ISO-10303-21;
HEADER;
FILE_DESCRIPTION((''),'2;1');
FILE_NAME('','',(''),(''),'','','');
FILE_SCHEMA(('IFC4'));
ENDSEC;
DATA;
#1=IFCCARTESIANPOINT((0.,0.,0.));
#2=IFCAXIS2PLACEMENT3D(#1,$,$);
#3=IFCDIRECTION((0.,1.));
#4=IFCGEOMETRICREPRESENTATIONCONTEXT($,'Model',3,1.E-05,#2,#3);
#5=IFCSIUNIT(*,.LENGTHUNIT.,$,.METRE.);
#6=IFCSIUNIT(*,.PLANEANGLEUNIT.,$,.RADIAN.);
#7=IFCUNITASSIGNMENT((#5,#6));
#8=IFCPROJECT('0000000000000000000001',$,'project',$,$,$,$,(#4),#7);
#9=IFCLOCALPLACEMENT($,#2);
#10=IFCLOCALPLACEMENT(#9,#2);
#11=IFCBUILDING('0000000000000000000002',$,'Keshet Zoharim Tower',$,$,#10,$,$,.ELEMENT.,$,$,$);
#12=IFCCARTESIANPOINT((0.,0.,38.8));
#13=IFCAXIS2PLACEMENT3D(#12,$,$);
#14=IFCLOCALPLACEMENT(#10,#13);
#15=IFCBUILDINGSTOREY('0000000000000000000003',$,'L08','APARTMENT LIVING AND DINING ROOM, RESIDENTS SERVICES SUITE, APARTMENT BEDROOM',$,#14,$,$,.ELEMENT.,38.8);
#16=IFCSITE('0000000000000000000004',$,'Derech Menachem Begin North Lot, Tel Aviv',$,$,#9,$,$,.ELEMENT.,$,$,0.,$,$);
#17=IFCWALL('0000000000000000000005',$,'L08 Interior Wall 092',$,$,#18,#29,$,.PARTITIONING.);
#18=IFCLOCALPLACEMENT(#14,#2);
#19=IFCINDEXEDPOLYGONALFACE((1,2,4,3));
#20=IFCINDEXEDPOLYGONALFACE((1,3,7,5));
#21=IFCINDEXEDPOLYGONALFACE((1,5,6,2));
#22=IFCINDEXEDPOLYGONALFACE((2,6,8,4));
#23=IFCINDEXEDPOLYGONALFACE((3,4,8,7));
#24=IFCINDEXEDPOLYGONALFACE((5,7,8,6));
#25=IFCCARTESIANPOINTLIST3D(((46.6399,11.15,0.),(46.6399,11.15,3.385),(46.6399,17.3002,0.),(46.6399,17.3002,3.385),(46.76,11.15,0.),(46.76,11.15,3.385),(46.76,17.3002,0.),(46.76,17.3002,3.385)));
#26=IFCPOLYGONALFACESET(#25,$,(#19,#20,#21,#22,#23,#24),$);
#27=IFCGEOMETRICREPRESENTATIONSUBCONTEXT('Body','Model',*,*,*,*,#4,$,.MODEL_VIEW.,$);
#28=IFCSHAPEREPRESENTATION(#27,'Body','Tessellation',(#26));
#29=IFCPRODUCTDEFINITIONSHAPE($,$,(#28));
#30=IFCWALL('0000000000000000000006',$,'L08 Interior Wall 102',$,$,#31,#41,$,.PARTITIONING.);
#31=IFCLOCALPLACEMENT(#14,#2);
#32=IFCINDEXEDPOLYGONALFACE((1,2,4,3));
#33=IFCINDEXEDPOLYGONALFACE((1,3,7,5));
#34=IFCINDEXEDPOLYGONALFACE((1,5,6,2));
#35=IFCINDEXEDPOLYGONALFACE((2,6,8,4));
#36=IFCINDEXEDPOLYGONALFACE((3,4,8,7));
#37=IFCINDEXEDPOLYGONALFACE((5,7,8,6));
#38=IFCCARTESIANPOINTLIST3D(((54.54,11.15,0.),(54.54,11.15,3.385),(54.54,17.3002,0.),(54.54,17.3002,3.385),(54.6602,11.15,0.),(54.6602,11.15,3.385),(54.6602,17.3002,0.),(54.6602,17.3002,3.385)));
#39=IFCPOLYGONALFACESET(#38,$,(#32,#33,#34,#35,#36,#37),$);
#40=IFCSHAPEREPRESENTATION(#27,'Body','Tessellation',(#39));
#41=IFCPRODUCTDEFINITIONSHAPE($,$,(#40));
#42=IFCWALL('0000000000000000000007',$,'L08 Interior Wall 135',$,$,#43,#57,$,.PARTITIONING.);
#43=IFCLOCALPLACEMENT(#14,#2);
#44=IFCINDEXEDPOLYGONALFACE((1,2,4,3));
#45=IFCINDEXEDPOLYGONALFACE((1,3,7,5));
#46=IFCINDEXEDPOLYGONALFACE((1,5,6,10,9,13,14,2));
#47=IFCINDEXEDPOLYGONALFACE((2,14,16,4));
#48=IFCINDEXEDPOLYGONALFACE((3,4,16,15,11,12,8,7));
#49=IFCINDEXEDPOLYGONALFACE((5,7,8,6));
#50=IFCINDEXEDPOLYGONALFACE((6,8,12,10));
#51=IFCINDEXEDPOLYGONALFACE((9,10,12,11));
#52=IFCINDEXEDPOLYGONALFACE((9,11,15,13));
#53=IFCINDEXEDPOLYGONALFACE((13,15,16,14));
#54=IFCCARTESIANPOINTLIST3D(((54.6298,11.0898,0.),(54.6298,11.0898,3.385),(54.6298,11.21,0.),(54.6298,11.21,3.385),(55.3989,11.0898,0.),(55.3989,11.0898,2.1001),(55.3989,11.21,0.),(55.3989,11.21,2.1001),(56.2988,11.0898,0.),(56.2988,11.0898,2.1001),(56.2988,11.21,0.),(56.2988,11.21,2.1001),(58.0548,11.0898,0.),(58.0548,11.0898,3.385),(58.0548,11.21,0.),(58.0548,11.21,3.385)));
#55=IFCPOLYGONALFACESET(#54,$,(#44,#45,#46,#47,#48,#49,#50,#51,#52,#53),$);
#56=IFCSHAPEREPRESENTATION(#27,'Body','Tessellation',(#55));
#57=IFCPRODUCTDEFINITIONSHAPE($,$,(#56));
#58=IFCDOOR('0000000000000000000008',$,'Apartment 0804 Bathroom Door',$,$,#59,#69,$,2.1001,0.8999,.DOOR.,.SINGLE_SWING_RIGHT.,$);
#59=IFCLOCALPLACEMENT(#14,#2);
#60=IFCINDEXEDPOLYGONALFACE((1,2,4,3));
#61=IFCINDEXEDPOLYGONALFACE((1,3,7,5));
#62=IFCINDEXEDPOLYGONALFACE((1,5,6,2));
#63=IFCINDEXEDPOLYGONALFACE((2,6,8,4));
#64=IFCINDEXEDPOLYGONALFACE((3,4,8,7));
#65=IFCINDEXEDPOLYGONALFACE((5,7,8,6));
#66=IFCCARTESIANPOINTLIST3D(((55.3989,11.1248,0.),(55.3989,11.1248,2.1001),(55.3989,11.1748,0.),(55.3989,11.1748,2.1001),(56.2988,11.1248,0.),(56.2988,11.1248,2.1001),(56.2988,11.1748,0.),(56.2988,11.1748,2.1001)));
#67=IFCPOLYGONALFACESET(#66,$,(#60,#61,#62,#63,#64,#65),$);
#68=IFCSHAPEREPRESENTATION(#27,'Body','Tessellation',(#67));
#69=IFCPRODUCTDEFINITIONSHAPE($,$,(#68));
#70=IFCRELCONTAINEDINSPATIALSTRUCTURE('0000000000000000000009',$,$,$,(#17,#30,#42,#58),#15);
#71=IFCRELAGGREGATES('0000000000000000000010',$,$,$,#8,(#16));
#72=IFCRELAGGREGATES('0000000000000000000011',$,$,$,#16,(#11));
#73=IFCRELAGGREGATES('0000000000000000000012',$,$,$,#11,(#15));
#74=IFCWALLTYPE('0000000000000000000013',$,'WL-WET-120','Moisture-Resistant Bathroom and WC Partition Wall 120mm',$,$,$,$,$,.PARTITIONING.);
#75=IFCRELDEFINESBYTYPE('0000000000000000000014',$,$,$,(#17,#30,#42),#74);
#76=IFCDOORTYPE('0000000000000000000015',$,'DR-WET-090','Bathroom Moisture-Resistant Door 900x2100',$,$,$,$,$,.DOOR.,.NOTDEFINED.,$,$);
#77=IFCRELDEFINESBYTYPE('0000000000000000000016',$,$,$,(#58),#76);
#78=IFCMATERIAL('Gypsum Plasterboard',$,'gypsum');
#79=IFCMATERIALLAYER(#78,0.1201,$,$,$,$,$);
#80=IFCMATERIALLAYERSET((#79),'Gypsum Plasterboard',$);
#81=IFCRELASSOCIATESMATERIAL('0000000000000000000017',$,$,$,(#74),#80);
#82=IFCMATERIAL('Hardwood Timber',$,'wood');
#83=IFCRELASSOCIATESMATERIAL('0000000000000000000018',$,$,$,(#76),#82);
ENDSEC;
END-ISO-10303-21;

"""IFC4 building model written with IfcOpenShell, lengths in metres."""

from ifc_helpers import new_model, si_unit, direction, frame, frame_2d, origin, place, context, subcontext, project, spatial, rectangle, extrude, material, layer, layer_set, type_object, element, fill, save


model = new_model("IFC4")

# Units and contexts
model_context = context("Model", 3, precision=1e-05, world=origin(), true_north=direction((0.0, 1.0)))
body_context = subcontext(model_context, "Body", "Model", "MODEL_VIEW")
ifc_project = project(units=[si_unit("LENGTHUNIT", "METRE"), si_unit("PLANEANGLEUNIT", "RADIAN")], contexts=[model_context])

# Site, building, storey
site_placement = place(None, origin())
site = spatial("IfcSite", under=ifc_project, at=site_placement, Name="Derech Menachem Begin North Lot, Tel Aviv", CompositionType="ELEMENT", RefElevation=0.0)
building_placement = place(site_placement, origin())
building = spatial("IfcBuilding", under=site, at=building_placement, Name="Keshet Zoharim Tower", CompositionType="ELEMENT")
storey_placement = place(building_placement, frame((0.0, 0.0, 38.8)))
storey = spatial("IfcBuildingStorey", under=building, at=storey_placement, Name="L08", Description="APARTMENT LIVING AND DINING ROOM, RESIDENTS SERVICES SUITE, APARTMENT BEDROOM", CompositionType="ELEMENT", Elevation=38.8)

# Shared definitions
ifc_material_1 = material(Name="Gypsum Plasterboard", Category="gypsum")
ifc_material_2 = material(Name="Hardwood Timber", Category="wood")

# Walls
ifc_layer_1 = layer(ifc_material_1, 0.1201)
ifc_layer_set_1 = layer_set([ifc_layer_1], Name="Gypsum Plasterboard")
wall_type_1 = type_object("IfcWallType", Name="WL-WET-120", Description="Moisture-Resistant Bathroom and WC Partition Wall 120mm", PredefinedType="PARTITIONING", material=ifc_layer_set_1)
for number, where, z_axis, x_axis, name in (
    (1, (46.7, 11.1499, 0.0), (0.0, 0.0, 1.0), (0.0, 1.0, 0.0), "L08 Interior Wall 092"),
    (2, (54.6001, 11.1499, 0.0), (0.0, 0.0, 1.0), (0.0, 1.0, 0.0), "L08 Interior Wall 102"),
):
    element("IfcWall", number, at=place(storey_placement, frame(where, z_axis=z_axis, x_axis=x_axis)), inside=storey, type_object=wall_type_1, Name=name, PredefinedType="PARTITIONING", context=body_context, shape_type="SweptSolid", body=[
        extrude(rectangle(XDim=6.1501, YDim=0.1201, at=frame_2d((3.0752, 0.0))), origin(), (0.0, 0.0, 1.0), 3.385),
    ])

# Wall, opening, door
wall_1_placement = place(storey_placement, frame((54.6299, 11.1499, 0.0), z_axis=(0.0, 0.0, 1.0), x_axis=(1.0, 0.0, 0.0)))
wall_1 = element("IfcWall", 3, at=wall_1_placement, inside=storey, type_object=wall_type_1, Name="L08 Interior Wall 135", PredefinedType="PARTITIONING", context=body_context, shape_type="SweptSolid", body=[
    extrude(rectangle(XDim=3.425, YDim=0.1201, at=frame_2d((1.7124, 0.0))), origin(), (0.0, 0.0, 1.0), 3.385),
])
opening_1_placement = place(wall_1_placement, frame((0.769, 0.0, 0.0)))
opening_1 = element("IfcOpeningElement", 4, at=opening_1_placement, cuts=wall_1, PredefinedType="OPENING", context=body_context, shape_type="SweptSolid", body=[
    extrude(rectangle(XDim=0.8999, YDim=2.1001, at=frame_2d((0.45, 1.05))), frame((0.0, 0.0701, 0.0), z_axis=(0.0, -1.0, 0.0), x_axis=(1.0, 0.0, 0.0)), (0.0, 0.0, 1.0), 0.1401),
])
door_type_1 = type_object("IfcDoorType", Name="DR-WET-090", Description="Bathroom Moisture-Resistant Door 900x2100", OperationType="NOTDEFINED", PredefinedType="DOOR", material=ifc_material_2)
door_1_placement = place(opening_1_placement, origin())
door_1 = element("IfcDoor", 5, at=door_1_placement, inside=storey, type_object=door_type_1, Name="Apartment 0804 Bathroom Door", OperationType="SINGLE_SWING_RIGHT", OverallHeight=2.1001, OverallWidth=0.8999, PredefinedType="DOOR", context=body_context, shape_type="SweptSolid", body=[
    extrude(rectangle(XDim=0.8999, YDim=2.1001, at=frame_2d((0.45, 1.05))), frame((0.0, 0.0249, 0.0), z_axis=(0.0, -1.0, 0.0), x_axis=(1.0, 0.0, 0.0)), (0.0, 0.0, 1.0), 0.05),
])
fill(opening_1, door_1)

save(model, "model.ifc")
